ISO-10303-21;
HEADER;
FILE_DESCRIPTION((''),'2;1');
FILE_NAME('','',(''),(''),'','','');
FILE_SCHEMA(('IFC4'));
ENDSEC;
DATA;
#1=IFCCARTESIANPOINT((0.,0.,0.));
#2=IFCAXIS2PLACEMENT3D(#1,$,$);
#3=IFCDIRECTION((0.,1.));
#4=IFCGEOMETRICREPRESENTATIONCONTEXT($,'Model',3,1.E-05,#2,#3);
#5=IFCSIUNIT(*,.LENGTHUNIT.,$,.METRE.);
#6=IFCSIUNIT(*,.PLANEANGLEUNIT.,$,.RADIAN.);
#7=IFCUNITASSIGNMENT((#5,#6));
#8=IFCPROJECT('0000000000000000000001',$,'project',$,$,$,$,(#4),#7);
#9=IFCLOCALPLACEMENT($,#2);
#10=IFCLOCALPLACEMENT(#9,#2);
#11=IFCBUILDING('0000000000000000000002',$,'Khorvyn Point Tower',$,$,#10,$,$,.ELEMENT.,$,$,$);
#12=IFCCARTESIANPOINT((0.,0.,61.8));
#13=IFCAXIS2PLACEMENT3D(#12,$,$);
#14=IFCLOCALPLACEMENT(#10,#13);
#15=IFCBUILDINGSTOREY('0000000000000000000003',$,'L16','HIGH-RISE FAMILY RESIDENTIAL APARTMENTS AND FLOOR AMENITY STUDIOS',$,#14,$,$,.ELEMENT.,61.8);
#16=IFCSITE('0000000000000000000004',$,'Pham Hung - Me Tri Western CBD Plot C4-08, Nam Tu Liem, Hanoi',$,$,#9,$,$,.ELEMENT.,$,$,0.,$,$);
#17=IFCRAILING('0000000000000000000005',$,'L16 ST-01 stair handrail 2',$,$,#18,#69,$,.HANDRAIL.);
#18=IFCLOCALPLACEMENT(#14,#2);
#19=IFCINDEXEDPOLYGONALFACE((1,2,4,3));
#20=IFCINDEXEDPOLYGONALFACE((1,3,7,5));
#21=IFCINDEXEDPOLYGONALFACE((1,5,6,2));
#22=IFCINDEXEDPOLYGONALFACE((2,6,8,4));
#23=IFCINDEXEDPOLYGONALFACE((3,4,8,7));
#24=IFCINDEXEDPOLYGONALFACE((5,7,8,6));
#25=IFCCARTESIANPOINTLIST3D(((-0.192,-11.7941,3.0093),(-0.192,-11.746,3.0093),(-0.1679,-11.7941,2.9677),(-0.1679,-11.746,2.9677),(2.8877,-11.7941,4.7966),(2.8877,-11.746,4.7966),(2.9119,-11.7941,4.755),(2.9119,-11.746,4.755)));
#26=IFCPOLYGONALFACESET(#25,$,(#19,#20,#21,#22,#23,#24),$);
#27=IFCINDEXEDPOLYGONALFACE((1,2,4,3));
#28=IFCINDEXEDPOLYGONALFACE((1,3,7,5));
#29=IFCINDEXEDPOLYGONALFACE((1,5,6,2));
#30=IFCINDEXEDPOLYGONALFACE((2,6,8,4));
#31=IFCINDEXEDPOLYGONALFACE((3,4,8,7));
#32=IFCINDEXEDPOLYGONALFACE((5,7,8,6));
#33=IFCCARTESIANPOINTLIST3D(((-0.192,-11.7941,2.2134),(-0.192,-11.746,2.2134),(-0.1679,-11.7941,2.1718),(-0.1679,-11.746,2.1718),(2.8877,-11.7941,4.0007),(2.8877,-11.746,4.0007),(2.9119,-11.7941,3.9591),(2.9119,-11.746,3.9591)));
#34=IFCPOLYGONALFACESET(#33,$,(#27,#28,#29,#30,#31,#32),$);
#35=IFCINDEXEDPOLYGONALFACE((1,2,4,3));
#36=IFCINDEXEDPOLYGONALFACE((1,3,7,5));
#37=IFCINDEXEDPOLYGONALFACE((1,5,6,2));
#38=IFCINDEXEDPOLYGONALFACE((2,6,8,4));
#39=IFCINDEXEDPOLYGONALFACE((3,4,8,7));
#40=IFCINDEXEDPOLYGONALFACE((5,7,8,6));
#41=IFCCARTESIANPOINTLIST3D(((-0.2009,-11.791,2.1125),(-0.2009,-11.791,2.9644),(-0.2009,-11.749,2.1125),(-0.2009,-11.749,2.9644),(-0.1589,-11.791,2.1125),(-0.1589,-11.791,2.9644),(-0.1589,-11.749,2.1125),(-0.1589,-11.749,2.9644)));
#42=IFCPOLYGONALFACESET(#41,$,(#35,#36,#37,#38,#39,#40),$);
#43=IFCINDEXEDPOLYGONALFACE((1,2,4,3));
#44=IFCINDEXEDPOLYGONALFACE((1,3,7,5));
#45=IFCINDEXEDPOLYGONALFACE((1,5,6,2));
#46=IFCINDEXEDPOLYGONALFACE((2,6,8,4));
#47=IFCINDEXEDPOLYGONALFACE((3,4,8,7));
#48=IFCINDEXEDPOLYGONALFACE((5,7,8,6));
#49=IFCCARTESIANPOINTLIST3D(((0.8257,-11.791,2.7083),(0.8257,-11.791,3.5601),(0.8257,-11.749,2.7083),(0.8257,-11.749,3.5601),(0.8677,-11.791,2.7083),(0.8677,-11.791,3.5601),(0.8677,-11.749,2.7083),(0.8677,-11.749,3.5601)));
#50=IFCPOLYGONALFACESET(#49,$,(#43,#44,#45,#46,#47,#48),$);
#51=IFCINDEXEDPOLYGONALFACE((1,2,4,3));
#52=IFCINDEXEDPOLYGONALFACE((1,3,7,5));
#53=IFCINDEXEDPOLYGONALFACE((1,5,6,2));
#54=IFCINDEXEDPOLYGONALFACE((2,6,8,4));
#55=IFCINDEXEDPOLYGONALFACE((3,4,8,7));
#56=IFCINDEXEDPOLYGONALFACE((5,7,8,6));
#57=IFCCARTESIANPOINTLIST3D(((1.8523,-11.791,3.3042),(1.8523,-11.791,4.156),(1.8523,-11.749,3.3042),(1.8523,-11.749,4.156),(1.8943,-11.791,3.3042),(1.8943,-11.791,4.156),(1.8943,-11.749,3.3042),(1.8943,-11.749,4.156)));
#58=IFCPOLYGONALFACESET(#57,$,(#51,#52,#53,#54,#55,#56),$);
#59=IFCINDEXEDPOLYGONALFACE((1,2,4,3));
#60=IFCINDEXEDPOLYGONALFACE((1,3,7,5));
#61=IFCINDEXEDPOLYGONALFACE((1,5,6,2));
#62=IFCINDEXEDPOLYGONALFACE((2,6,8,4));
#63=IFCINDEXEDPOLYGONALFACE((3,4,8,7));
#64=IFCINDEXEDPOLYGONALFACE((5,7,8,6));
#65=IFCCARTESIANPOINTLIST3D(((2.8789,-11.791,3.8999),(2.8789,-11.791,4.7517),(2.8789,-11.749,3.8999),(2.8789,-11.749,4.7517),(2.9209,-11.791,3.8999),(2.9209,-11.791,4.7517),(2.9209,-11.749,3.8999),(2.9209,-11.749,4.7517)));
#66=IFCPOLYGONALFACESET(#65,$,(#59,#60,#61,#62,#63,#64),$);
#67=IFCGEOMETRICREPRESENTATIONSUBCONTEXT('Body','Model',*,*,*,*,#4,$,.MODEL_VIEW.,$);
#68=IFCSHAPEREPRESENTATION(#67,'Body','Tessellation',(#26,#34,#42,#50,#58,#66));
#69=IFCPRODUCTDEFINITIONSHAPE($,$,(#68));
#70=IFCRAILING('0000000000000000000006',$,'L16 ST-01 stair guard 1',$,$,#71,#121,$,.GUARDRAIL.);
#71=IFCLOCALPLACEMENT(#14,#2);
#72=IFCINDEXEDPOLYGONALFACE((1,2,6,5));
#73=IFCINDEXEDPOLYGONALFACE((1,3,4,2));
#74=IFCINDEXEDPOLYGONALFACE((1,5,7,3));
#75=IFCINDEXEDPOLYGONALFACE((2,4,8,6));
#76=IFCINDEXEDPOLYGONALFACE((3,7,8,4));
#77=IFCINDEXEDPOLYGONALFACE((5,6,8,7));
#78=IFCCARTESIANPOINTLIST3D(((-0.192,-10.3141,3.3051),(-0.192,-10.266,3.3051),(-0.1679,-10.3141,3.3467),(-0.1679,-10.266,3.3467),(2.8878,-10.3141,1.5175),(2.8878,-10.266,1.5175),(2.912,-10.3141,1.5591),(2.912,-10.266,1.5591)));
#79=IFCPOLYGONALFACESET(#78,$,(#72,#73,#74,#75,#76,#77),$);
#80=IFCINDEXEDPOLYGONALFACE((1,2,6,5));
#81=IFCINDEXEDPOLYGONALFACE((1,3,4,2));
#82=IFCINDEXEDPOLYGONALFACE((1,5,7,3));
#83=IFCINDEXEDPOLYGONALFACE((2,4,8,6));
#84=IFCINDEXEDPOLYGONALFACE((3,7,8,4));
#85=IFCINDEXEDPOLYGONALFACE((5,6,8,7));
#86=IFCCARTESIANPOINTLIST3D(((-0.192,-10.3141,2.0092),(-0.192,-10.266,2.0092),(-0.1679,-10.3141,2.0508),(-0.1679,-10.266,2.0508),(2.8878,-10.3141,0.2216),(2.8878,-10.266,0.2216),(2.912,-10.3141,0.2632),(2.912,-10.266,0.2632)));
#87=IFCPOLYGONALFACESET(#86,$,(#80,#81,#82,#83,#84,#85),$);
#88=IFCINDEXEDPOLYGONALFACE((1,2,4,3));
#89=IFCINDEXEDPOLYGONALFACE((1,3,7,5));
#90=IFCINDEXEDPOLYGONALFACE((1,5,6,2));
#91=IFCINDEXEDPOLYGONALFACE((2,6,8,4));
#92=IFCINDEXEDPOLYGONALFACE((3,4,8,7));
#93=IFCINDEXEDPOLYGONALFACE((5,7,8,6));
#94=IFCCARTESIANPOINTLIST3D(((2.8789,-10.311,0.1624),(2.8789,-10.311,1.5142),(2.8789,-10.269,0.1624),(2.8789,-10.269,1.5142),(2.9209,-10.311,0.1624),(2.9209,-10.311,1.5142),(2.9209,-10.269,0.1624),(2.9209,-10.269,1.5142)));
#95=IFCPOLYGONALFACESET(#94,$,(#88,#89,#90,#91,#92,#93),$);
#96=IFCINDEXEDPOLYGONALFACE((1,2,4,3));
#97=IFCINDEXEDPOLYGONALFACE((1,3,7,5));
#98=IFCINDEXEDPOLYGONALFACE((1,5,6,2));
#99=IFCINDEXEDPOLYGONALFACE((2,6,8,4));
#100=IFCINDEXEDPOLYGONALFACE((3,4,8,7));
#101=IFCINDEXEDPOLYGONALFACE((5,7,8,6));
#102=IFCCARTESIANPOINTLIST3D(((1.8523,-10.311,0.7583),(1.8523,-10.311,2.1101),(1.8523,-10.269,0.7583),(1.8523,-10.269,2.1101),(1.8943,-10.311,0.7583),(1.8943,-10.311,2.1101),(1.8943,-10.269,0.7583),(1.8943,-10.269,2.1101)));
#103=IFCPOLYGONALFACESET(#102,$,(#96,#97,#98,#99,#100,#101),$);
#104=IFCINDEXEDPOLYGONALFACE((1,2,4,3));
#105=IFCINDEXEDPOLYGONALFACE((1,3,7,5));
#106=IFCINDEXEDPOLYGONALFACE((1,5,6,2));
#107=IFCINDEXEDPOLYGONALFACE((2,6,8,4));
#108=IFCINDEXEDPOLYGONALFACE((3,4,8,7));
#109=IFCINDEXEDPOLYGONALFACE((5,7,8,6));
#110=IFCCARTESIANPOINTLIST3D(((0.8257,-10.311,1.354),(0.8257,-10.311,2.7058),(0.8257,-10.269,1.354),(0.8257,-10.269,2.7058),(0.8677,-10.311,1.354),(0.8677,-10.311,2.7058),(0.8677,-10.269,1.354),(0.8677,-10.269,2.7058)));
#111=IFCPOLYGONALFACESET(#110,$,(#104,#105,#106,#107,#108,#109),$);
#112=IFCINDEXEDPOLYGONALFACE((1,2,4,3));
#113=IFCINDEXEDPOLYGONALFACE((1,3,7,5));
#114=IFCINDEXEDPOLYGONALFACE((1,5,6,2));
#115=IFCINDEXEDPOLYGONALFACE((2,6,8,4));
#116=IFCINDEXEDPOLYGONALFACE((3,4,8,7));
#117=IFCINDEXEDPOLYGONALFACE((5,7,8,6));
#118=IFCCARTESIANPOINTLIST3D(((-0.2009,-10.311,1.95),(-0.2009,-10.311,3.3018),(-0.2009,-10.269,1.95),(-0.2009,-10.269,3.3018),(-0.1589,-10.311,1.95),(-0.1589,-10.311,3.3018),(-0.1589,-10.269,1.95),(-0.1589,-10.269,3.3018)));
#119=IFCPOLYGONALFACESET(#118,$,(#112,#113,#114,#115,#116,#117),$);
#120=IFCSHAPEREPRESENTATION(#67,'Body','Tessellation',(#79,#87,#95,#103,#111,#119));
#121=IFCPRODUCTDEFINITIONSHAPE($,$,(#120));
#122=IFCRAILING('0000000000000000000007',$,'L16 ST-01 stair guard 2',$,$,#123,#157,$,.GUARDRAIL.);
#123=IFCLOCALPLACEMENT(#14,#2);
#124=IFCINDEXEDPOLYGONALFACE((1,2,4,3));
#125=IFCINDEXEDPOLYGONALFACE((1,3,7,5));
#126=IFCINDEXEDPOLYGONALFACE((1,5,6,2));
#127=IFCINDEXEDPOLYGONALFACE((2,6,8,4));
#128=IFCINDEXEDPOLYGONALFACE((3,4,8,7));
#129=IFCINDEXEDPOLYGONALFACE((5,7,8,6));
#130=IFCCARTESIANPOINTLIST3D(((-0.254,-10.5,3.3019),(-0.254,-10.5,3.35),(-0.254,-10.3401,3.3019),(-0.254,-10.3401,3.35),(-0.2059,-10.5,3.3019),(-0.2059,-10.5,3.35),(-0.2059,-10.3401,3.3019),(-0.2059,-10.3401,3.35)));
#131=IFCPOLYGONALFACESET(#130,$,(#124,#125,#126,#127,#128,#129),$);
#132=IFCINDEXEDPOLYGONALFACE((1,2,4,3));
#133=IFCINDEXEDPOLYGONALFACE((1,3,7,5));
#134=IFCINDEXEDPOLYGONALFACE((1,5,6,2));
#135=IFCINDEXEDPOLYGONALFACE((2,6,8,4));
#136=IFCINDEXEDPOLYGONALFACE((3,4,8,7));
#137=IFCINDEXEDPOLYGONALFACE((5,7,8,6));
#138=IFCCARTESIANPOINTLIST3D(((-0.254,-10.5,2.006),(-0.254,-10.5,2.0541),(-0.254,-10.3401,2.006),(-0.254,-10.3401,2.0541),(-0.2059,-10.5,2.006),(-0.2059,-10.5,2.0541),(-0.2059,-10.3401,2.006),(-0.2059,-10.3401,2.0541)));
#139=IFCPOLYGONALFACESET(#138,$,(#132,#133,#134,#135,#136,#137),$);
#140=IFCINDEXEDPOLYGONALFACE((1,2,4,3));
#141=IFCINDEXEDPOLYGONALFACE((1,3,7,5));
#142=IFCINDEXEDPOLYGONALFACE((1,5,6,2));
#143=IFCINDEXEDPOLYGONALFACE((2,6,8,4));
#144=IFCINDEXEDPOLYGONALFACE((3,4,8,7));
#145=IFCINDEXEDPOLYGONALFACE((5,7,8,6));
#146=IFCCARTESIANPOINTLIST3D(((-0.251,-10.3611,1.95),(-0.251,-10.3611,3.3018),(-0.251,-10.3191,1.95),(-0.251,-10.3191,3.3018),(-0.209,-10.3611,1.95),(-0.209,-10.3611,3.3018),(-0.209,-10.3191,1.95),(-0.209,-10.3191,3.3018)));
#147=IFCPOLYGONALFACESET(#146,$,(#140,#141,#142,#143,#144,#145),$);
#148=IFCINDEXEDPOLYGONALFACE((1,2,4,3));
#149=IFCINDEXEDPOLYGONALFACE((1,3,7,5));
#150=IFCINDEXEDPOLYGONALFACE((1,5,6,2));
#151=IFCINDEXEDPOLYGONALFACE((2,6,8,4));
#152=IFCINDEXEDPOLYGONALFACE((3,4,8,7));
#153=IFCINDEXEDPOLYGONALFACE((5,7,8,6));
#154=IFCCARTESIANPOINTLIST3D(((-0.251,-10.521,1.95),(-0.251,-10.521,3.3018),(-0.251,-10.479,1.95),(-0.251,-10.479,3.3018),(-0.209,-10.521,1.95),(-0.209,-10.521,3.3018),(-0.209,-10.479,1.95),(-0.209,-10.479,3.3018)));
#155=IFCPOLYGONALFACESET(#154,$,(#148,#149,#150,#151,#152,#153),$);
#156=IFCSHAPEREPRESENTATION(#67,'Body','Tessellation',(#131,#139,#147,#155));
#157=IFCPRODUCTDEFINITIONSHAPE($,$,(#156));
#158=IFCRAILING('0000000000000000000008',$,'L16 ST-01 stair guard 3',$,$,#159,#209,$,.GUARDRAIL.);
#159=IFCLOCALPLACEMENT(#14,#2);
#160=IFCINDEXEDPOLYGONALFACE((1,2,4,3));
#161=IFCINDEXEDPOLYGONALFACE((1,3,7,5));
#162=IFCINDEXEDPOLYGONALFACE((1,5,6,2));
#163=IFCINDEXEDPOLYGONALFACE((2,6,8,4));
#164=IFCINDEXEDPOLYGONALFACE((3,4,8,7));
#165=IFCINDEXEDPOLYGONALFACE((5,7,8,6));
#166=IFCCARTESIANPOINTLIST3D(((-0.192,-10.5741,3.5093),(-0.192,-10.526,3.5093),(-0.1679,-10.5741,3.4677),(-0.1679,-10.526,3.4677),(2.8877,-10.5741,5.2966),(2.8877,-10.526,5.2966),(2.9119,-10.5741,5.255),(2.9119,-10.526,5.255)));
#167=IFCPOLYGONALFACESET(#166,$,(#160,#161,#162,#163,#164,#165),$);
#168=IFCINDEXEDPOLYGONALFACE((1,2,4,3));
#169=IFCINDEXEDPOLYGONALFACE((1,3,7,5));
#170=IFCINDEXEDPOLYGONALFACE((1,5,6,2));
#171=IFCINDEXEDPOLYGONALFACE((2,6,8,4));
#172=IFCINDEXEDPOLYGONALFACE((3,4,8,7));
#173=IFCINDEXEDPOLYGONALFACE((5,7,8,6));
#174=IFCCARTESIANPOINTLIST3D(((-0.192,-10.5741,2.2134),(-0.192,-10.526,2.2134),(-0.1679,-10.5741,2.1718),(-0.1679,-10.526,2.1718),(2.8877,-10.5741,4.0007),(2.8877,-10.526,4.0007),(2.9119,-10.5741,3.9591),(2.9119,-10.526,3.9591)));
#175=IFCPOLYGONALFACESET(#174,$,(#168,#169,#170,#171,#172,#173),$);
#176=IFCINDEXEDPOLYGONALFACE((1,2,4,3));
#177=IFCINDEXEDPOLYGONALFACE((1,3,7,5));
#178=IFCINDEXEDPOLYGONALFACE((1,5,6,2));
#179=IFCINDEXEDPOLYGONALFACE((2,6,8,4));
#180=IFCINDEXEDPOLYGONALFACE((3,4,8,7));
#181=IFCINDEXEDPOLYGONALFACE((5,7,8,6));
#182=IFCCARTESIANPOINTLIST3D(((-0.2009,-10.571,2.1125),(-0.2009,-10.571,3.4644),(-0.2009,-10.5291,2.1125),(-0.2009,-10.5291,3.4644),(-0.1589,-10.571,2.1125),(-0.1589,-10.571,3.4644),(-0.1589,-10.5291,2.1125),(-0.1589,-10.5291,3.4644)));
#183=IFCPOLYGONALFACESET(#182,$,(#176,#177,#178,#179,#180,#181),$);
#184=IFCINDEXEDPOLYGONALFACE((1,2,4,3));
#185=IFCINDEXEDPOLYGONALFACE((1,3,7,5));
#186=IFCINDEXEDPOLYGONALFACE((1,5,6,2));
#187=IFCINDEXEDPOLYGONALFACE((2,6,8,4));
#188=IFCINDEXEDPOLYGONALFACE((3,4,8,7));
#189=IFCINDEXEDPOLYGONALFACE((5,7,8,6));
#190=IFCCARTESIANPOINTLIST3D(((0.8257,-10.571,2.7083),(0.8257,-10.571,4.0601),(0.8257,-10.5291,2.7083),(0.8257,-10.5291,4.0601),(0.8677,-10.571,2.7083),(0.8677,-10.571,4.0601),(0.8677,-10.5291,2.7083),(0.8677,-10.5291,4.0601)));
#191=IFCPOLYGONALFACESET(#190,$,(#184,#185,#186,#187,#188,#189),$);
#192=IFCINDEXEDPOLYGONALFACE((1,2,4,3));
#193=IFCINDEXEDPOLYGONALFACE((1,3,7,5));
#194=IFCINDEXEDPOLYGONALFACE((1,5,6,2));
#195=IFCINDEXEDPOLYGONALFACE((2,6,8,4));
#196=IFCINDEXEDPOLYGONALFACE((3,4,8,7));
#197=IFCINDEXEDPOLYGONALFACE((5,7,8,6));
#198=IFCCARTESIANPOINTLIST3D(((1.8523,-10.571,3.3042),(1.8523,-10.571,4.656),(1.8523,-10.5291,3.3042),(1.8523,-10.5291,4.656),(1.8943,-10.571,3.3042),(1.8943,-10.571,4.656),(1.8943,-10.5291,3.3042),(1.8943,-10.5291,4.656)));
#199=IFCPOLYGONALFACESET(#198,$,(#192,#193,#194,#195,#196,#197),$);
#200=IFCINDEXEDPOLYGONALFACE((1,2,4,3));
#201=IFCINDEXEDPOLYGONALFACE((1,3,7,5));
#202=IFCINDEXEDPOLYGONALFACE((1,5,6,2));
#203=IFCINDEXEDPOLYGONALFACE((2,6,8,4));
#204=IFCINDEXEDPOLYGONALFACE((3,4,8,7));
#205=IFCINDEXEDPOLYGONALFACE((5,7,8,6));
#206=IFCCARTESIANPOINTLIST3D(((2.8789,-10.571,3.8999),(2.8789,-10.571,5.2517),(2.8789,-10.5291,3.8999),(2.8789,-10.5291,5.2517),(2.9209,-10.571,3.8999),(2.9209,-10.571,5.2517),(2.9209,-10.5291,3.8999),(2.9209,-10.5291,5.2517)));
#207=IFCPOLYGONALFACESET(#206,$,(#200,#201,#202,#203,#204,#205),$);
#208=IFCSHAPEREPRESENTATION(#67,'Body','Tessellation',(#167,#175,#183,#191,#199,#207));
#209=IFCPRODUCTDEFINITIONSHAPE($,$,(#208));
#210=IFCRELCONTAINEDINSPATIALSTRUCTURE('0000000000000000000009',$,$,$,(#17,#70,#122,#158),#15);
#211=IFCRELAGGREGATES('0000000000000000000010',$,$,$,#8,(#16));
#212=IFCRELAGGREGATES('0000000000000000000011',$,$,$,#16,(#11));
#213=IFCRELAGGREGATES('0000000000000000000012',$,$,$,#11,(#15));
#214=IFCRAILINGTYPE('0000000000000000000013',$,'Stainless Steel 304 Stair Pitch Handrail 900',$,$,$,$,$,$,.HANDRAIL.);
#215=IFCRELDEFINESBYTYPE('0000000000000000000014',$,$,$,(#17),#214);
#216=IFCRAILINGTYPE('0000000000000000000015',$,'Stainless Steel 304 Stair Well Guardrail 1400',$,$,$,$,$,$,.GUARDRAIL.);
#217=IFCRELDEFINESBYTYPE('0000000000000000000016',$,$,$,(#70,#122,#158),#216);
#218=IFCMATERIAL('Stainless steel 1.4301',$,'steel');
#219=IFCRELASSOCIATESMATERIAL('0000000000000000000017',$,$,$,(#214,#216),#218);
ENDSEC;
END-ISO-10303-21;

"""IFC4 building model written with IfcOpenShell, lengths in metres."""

from ifc_helpers import new_model, si_unit, direction, frame, origin, origin_2d, place, context, subcontext, project, spatial, rectangle, extrude, material, type_object, element, save


model = new_model("IFC4")

# Units and contexts
model_context = context("Model", 3, precision=1e-05, world=origin(), true_north=direction((0.0, 1.0)))
body_context = subcontext(model_context, "Body", "Model", "MODEL_VIEW")
ifc_project = project(units=[si_unit("LENGTHUNIT", "METRE"), si_unit("PLANEANGLEUNIT", "RADIAN")], contexts=[model_context])

# Site, building, storey
site_placement = place(None, origin())
site = spatial("IfcSite", under=ifc_project, at=site_placement, Name="Pham Hung - Me Tri Western CBD Plot C4-08, Nam Tu Liem, Hanoi", CompositionType="ELEMENT", RefElevation=0.0)
building_placement = place(site_placement, origin())
building = spatial("IfcBuilding", under=site, at=building_placement, Name="Khorvyn Point Tower", CompositionType="ELEMENT")
storey_placement = place(building_placement, frame((0.0, 0.0, 61.8)))
storey = spatial("IfcBuildingStorey", under=building, at=storey_placement, Name="L16", Description="HIGH-RISE FAMILY RESIDENTIAL APARTMENTS AND FLOOR AMENITY STUDIOS", CompositionType="ELEMENT", Elevation=61.8)

# Shared definitions
ifc_material_1 = material(Name="Stainless steel 1.4301", Category="steel")

# Railings
railing_type_1 = type_object("IfcRailingType", Name="Stainless Steel 304 Stair Pitch Handrail 900", PredefinedType="HANDRAIL", material=ifc_material_1)
railing_1_placement = place(storey_placement, frame((-0.1799, -11.77, 2.1125)))
element("IfcRailing", 1, at=railing_1_placement, inside=storey, type_object=railing_type_1, Name="L16 ST-01 stair handrail 2", PredefinedType="HANDRAIL", context=body_context, shape_type="SweptSolid", body=[
    extrude(rectangle(XDim=0.0481, YDim=0.0481, at=origin_2d()), frame((0.0, 0.0, 0.876), z_axis=(0.864903, 0.0, 0.501939), x_axis=(0.0, 1.0, 0.0)), (0.0, 0.0, 1.0), 3.5608),
    extrude(rectangle(XDim=0.0481, YDim=0.0481, at=origin_2d()), frame((0.0, 0.0, 0.0801), z_axis=(0.864903, 0.0, 0.501939), x_axis=(0.0, 1.0, 0.0)), (0.0, 0.0, 1.0), 3.5608),
    extrude(rectangle(XDim=0.042, YDim=0.042, at=origin_2d()), origin(), (0.0, 0.0, 1.0), 0.8518),
    extrude(rectangle(XDim=0.042, YDim=0.042, at=origin_2d()), frame((1.0266, 0.0, 0.5957)), (0.0, 0.0, 1.0), 0.8518),
    extrude(rectangle(XDim=0.042, YDim=0.042, at=origin_2d()), frame((2.0532, 0.0, 1.1917)), (0.0, 0.0, 1.0), 0.8518),
    extrude(rectangle(XDim=0.042, YDim=0.042, at=origin_2d()), frame((3.0798, 0.0, 1.7874)), (0.0, 0.0, 1.0), 0.8518),
])
railing_type_2 = type_object("IfcRailingType", Name="Stainless Steel 304 Stair Well Guardrail 1400", PredefinedType="GUARDRAIL", material=ifc_material_1)
railing_2_placement = place(storey_placement, frame((2.8999, -10.29, 0.1624)))
element("IfcRailing", 2, at=railing_2_placement, inside=storey, type_object=railing_type_2, Name="L16 ST-01 stair guard 1", PredefinedType="GUARDRAIL", context=body_context, shape_type="SweptSolid", body=[
    extrude(rectangle(XDim=0.0481, YDim=0.0481, at=origin_2d()), frame((0.0, 0.0, 1.376), z_axis=(-0.864873, 0.0, 0.50199), x_axis=(0.0, -1.0, 0.0)), (0.0, 0.0, 1.0), 3.561),
    extrude(rectangle(XDim=0.0481, YDim=0.0481, at=origin_2d()), frame((0.0, 0.0, 0.0801), z_axis=(-0.864873, 0.0, 0.50199), x_axis=(0.0, -1.0, 0.0)), (0.0, 0.0, 1.0), 3.561),
    extrude(rectangle(XDim=0.042, YDim=0.042, at=origin_2d()), origin(), (0.0, 0.0, 1.0), 1.3518),
    extrude(rectangle(XDim=0.042, YDim=0.042, at=origin_2d()), frame((-1.0266, 0.0, 0.5959)), (0.0, 0.0, 1.0), 1.3518),
    extrude(rectangle(XDim=0.042, YDim=0.042, at=origin_2d()), frame((-2.0532, 0.0, 1.1917)), (0.0, 0.0, 1.0), 1.3518),
    extrude(rectangle(XDim=0.042, YDim=0.042, at=origin_2d()), frame((-3.0798, 0.0, 1.7876)), (0.0, 0.0, 1.0), 1.3518),
])
railing_3_placement = place(storey_placement, frame((-0.23, -10.3401, 1.95)))
element("IfcRailing", 3, at=railing_3_placement, inside=storey, type_object=railing_type_2, Name="L16 ST-01 stair guard 2", PredefinedType="GUARDRAIL", context=body_context, shape_type="SweptSolid", body=[
    extrude(rectangle(XDim=0.0481, YDim=0.0481, at=origin_2d()), frame((0.0, 0.0, 1.376), z_axis=(0.0, -1.0, 0.0), x_axis=(1.0, 0.0, 0.0)), (0.0, 0.0, 1.0), 0.1599),
    extrude(rectangle(XDim=0.0481, YDim=0.0481, at=origin_2d()), frame((0.0, 0.0, 0.0801), z_axis=(0.0, -1.0, 0.0), x_axis=(1.0, 0.0, 0.0)), (0.0, 0.0, 1.0), 0.1599),
    extrude(rectangle(XDim=0.042, YDim=0.042, at=origin_2d()), origin(), (0.0, 0.0, 1.0), 1.3518),
    extrude(rectangle(XDim=0.042, YDim=0.042, at=origin_2d()), frame((0.0, -0.1599, 0.0)), (0.0, 0.0, 1.0), 1.3518),
])
railing_4_placement = place(storey_placement, frame((-0.1799, -10.55, 2.1125)))
element("IfcRailing", 4, at=railing_4_placement, inside=storey, type_object=railing_type_2, Name="L16 ST-01 stair guard 3", PredefinedType="GUARDRAIL", context=body_context, shape_type="SweptSolid", body=[
    extrude(rectangle(XDim=0.0481, YDim=0.0481, at=origin_2d()), frame((0.0, 0.0, 1.376), z_axis=(0.864903, 0.0, 0.501939), x_axis=(0.0, 1.0, 0.0)), (0.0, 0.0, 1.0), 3.5608),
    extrude(rectangle(XDim=0.0481, YDim=0.0481, at=origin_2d()), frame((0.0, 0.0, 0.0801), z_axis=(0.864903, 0.0, 0.501939), x_axis=(0.0, 1.0, 0.0)), (0.0, 0.0, 1.0), 3.5608),
    extrude(rectangle(XDim=0.042, YDim=0.042, at=origin_2d()), origin(), (0.0, 0.0, 1.0), 1.3518),
    extrude(rectangle(XDim=0.042, YDim=0.042, at=origin_2d()), frame((1.0266, 0.0, 0.5957)), (0.0, 0.0, 1.0), 1.3518),
    extrude(rectangle(XDim=0.042, YDim=0.042, at=origin_2d()), frame((2.0532, 0.0, 1.1917)), (0.0, 0.0, 1.0), 1.3518),
    extrude(rectangle(XDim=0.042, YDim=0.042, at=origin_2d()), frame((3.0798, 0.0, 1.7874)), (0.0, 0.0, 1.0), 1.3518),
])

save(model, "model.ifc")
